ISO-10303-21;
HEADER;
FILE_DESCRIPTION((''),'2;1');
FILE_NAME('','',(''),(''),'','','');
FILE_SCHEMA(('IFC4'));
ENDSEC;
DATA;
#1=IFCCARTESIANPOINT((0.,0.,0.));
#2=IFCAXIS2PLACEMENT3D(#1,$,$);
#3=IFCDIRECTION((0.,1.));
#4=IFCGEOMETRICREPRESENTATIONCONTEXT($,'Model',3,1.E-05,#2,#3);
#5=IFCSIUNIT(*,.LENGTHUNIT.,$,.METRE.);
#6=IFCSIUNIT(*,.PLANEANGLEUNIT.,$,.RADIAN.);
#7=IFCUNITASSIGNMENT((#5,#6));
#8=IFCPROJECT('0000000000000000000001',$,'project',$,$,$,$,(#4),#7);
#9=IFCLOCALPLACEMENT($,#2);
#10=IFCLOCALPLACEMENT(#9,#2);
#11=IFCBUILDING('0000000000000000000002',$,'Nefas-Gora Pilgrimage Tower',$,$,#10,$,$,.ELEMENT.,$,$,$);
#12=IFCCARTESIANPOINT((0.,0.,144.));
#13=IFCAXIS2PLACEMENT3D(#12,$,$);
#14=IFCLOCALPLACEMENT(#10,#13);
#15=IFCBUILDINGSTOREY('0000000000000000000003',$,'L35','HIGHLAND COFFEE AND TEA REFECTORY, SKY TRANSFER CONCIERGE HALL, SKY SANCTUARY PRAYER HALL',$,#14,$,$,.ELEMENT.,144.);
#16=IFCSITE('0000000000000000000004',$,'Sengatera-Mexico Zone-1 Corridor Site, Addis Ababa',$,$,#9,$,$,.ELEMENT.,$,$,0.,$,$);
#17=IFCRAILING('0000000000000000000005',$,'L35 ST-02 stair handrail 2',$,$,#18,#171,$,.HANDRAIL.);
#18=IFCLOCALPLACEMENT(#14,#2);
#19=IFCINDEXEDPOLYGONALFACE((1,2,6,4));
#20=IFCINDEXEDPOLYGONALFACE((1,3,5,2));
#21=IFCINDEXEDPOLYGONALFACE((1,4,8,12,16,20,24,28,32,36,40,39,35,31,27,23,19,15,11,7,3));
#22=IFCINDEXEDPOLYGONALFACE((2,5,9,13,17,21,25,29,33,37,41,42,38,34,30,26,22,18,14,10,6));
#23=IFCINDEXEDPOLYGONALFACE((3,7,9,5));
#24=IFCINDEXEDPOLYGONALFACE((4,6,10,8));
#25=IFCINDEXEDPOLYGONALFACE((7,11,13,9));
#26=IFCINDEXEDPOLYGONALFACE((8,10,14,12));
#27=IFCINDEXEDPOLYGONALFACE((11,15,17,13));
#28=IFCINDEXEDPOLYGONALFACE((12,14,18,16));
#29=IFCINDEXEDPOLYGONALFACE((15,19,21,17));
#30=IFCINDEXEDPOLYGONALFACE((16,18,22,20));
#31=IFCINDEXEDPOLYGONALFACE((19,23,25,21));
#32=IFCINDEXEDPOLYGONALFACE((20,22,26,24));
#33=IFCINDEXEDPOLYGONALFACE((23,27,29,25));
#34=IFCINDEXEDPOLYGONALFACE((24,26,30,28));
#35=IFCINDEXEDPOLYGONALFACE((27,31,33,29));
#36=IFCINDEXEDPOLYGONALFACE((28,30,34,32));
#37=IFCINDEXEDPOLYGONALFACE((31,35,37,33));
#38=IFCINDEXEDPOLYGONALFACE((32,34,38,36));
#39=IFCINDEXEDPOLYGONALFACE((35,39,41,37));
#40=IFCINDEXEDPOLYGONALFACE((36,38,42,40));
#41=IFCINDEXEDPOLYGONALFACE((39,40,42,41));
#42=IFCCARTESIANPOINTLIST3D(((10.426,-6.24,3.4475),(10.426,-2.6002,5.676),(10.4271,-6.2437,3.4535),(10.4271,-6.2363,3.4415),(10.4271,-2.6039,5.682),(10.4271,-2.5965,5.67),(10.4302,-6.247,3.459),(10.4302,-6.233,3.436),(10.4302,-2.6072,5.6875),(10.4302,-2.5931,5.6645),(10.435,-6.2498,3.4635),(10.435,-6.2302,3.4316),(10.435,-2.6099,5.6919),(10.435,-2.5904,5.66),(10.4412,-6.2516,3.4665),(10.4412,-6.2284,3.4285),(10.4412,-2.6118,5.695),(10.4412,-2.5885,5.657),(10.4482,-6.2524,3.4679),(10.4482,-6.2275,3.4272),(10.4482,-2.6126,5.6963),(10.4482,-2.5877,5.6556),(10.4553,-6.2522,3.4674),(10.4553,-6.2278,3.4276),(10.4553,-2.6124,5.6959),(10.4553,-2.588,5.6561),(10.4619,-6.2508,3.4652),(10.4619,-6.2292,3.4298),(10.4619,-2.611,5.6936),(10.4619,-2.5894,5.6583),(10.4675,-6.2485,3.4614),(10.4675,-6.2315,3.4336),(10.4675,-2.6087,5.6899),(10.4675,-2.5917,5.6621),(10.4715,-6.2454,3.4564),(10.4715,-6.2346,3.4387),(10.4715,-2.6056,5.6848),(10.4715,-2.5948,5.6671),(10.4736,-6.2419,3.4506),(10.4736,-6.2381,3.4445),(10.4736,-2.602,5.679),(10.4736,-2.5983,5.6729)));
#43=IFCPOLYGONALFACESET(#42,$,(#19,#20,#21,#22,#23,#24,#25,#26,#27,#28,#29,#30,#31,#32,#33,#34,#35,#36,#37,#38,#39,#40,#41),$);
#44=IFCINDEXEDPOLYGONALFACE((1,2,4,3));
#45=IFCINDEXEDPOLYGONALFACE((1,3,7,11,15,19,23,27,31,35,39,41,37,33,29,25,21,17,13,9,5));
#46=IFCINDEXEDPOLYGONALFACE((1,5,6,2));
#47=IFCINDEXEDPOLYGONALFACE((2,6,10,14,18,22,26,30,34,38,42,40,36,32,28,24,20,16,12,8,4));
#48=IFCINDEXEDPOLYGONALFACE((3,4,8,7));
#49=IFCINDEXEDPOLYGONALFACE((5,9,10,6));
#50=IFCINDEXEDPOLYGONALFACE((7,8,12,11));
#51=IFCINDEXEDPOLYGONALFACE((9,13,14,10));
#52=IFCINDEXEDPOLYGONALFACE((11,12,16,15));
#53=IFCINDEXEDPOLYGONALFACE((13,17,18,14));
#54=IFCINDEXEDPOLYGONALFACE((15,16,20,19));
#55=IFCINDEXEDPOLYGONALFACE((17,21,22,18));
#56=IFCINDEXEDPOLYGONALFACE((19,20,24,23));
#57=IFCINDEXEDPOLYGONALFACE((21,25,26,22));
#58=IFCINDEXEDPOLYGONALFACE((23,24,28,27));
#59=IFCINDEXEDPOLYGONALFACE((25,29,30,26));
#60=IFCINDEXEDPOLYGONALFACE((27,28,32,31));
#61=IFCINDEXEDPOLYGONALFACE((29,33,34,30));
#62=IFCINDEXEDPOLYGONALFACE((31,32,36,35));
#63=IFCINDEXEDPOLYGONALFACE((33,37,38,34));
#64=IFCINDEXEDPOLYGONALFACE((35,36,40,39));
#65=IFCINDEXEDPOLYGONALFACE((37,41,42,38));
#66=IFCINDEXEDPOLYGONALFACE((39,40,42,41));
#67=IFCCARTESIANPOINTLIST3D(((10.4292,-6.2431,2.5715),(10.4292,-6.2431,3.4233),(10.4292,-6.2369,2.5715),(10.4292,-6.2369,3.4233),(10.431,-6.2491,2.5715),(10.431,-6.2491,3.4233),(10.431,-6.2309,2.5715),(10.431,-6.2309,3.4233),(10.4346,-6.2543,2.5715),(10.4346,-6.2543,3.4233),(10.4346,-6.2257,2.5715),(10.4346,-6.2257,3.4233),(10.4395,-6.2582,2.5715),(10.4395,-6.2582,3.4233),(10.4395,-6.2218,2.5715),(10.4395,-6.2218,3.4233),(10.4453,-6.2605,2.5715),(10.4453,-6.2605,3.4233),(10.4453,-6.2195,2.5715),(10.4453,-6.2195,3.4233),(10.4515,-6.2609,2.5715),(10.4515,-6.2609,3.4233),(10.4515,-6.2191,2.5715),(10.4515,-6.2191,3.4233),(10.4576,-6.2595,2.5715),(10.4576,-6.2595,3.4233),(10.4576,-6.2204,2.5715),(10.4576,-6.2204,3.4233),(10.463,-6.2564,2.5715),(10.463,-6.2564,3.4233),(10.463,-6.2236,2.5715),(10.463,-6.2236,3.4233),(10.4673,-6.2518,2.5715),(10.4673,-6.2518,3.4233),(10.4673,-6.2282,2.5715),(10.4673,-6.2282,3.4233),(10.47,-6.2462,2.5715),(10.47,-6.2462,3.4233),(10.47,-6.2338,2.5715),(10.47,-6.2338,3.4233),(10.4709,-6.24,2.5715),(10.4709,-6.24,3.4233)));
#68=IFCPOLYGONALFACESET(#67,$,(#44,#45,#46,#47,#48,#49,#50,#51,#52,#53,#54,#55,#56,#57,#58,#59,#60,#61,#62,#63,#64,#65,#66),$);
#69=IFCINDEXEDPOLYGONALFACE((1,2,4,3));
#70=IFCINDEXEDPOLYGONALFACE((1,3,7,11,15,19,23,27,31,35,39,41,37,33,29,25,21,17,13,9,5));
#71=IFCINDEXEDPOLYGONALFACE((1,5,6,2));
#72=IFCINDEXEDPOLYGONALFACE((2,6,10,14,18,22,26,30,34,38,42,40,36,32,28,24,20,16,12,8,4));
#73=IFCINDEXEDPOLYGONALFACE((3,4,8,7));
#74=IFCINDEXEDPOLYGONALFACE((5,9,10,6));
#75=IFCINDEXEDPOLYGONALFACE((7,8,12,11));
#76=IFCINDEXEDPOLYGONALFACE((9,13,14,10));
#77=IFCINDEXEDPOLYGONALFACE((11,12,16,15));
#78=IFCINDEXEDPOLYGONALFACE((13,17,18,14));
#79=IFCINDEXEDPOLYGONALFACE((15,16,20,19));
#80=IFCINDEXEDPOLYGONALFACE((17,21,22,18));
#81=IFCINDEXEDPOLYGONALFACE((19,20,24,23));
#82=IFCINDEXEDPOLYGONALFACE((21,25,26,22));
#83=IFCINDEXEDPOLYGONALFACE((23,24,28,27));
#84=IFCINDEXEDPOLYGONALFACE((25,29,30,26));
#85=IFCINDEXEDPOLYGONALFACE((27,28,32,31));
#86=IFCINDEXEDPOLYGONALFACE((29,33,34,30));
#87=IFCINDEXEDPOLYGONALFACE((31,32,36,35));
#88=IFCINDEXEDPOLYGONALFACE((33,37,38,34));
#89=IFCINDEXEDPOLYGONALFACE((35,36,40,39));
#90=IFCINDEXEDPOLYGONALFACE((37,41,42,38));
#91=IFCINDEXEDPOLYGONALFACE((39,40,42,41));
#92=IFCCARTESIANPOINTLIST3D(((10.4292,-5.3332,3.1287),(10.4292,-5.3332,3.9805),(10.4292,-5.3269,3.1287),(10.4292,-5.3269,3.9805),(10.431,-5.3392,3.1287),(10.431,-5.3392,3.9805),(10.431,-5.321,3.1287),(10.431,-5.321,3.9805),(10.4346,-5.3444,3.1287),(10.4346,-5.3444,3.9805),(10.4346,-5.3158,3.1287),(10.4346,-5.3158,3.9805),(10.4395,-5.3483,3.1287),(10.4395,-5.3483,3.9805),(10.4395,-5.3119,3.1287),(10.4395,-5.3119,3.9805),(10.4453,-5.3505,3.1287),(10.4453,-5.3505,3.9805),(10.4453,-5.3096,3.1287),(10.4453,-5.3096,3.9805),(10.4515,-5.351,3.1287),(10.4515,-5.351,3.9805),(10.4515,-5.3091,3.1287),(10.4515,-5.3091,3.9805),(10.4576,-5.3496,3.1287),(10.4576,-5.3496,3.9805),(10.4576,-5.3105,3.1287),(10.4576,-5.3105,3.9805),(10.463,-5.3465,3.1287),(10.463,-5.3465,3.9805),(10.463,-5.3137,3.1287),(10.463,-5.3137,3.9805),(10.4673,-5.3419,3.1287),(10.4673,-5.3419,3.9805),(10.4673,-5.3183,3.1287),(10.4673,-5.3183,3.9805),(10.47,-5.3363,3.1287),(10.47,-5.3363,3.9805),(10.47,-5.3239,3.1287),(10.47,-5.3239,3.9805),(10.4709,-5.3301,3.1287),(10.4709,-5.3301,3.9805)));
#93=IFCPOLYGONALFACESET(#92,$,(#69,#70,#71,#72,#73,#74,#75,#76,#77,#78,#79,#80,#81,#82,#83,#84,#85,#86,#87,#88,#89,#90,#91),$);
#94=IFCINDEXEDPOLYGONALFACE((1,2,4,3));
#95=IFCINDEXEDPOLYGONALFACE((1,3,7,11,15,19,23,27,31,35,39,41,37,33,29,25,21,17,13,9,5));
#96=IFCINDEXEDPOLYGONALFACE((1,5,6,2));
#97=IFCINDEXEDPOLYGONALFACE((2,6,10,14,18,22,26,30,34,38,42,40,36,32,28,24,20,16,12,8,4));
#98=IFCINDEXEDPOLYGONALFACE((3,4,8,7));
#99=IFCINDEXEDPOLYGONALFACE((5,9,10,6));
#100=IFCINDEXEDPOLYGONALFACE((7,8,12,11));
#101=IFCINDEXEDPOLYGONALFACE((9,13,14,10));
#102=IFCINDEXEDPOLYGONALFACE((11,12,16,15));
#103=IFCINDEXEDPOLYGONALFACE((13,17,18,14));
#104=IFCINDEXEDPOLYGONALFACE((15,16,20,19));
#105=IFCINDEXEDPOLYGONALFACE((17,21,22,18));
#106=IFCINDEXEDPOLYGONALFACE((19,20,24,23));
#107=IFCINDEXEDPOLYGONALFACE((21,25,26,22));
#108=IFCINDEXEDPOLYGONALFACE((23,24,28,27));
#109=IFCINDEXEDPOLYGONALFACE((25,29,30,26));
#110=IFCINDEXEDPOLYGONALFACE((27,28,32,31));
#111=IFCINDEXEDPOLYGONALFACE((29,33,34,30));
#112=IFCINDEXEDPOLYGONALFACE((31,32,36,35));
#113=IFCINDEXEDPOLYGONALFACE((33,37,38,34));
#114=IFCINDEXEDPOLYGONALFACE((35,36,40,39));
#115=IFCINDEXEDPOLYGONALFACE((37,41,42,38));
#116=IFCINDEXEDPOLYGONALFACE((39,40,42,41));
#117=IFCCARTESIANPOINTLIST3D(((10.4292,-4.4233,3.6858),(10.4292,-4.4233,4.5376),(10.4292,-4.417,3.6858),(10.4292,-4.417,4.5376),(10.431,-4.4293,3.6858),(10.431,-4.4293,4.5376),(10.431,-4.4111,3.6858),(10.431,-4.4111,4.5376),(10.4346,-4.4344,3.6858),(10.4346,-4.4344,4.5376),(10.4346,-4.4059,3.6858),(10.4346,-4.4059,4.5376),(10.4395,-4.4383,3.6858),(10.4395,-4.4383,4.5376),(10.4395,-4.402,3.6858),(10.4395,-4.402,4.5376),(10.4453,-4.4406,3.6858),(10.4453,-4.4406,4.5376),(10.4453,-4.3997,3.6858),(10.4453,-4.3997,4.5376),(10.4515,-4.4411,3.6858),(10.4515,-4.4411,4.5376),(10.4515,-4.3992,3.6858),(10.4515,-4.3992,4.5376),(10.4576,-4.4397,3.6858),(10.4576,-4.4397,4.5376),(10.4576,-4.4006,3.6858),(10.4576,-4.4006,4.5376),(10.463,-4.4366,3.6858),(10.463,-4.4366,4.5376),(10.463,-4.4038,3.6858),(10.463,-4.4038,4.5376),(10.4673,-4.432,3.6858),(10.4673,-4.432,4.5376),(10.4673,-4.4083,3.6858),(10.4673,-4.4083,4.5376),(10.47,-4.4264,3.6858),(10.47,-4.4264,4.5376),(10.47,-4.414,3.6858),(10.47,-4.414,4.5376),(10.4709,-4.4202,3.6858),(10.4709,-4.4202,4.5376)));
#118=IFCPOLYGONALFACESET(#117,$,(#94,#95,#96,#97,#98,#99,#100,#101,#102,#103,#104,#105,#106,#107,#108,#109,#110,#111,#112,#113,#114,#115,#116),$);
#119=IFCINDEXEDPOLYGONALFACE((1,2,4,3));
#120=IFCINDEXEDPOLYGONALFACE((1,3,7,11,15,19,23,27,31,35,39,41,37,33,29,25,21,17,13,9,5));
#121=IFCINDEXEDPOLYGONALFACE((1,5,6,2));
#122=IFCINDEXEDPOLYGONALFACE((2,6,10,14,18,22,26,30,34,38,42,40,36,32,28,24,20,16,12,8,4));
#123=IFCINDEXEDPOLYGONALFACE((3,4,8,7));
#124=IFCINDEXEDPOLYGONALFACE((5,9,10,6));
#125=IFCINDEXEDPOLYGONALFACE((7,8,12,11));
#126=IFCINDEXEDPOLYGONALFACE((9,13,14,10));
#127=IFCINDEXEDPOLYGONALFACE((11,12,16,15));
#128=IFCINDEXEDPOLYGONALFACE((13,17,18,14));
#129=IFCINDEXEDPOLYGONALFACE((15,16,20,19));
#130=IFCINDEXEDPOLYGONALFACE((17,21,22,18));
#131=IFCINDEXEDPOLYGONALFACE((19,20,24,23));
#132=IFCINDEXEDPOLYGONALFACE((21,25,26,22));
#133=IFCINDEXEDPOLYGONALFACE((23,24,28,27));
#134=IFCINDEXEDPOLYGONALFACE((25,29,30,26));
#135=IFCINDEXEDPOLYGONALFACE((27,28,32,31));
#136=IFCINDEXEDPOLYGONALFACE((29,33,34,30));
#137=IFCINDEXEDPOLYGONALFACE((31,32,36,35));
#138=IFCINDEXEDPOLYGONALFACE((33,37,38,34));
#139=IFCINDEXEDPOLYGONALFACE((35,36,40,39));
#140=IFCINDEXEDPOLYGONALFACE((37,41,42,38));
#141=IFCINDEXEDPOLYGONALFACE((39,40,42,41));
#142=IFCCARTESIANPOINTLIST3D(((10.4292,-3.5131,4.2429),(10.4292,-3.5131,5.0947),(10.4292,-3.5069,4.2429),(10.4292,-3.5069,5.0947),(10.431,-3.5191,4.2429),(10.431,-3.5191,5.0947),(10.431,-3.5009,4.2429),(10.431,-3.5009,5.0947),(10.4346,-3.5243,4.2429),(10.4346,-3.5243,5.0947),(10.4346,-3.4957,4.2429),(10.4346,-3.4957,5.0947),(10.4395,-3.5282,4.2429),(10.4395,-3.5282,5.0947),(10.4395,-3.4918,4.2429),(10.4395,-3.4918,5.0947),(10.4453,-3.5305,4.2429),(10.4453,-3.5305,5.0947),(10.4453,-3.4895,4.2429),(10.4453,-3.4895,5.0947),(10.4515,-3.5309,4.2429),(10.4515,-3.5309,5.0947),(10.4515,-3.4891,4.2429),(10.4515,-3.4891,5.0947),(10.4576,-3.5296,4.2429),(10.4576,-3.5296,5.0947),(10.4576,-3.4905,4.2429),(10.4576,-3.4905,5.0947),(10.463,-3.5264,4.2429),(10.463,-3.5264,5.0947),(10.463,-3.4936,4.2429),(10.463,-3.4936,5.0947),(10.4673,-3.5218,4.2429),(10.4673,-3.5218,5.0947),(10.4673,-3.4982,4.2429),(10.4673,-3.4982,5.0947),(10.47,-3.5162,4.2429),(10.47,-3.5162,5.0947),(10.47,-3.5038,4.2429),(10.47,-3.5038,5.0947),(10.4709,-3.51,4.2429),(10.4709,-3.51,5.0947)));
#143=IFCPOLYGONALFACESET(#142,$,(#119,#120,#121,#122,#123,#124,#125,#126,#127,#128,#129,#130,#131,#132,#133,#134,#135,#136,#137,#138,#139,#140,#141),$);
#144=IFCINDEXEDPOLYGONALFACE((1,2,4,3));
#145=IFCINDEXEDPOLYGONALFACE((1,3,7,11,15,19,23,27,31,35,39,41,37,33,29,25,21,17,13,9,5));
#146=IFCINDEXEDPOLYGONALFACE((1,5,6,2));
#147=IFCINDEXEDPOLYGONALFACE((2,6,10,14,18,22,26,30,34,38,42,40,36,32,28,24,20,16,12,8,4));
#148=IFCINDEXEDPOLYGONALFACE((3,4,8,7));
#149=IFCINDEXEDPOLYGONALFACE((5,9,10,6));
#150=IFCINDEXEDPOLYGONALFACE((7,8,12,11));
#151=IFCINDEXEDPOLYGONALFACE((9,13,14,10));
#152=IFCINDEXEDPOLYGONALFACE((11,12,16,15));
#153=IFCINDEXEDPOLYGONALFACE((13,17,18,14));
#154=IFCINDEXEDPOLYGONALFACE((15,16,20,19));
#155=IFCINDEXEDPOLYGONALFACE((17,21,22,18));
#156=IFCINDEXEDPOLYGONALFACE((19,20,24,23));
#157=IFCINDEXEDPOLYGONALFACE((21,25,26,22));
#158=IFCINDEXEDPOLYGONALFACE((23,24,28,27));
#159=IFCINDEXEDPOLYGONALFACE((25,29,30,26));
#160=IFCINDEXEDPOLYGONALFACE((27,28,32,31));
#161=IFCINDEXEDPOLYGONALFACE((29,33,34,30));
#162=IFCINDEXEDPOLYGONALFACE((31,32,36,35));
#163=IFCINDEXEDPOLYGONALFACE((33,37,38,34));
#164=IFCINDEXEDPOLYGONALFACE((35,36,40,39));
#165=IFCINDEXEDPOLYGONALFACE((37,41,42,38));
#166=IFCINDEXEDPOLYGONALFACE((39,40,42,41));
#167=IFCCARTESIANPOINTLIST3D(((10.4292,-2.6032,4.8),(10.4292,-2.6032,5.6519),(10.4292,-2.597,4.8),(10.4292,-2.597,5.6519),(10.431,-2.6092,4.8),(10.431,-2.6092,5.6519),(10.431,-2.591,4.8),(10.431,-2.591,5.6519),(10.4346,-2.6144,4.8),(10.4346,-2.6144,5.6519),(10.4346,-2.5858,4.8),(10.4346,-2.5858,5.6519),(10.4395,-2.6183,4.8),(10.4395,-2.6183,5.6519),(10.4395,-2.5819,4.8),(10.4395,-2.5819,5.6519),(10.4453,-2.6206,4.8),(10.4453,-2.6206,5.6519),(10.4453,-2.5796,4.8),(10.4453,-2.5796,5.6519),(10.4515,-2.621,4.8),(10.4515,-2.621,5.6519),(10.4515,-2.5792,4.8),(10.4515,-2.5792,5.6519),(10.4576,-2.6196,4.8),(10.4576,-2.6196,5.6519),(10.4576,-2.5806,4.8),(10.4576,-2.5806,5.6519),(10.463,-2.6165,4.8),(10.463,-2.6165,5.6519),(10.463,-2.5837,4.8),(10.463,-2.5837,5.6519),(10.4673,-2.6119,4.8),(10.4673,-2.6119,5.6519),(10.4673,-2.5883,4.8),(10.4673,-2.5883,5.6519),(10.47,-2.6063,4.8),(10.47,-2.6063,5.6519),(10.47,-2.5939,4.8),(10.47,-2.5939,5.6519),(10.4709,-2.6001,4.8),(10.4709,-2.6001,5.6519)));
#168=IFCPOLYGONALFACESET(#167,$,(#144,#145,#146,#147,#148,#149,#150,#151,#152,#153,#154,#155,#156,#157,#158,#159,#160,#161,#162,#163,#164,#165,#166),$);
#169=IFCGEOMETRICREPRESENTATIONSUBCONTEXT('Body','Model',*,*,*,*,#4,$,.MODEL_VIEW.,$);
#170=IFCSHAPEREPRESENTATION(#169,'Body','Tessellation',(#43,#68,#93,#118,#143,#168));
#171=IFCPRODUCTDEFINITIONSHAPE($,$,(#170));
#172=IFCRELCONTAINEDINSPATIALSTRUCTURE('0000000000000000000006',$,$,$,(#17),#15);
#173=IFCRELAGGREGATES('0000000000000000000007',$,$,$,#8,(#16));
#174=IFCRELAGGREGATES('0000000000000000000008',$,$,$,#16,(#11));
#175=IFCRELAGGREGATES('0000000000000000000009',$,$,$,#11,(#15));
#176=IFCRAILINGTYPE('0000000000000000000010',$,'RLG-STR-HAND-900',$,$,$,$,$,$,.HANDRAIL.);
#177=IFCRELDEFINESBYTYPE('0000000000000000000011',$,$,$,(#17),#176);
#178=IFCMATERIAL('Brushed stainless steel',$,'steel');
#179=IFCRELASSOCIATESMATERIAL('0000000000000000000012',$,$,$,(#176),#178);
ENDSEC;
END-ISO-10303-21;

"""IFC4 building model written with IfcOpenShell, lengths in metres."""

from ifc_helpers import new_model, si_unit, direction, frame, origin, origin_2d, place, context, subcontext, project, spatial, circle, extrude, material, type_object, element, save


model = new_model("IFC4")

# Units and contexts
model_context = context("Model", 3, precision=1e-05, world=origin(), true_north=direction((0.0, 1.0)))
body_context = subcontext(model_context, "Body", "Model", "MODEL_VIEW")
ifc_project = project(units=[si_unit("LENGTHUNIT", "METRE"), si_unit("PLANEANGLEUNIT", "RADIAN")], contexts=[model_context])

# Site, building, storey
site_placement = place(None, origin())
site = spatial("IfcSite", under=ifc_project, at=site_placement, Name="Sengatera-Mexico Zone-1 Corridor Site, Addis Ababa", CompositionType="ELEMENT", RefElevation=0.0)
building_placement = place(site_placement, origin())
building = spatial("IfcBuilding", under=site, at=building_placement, Name="Nefas-Gora Pilgrimage Tower", CompositionType="ELEMENT")
storey_placement = place(building_placement, frame((0.0, 0.0, 144.0)))
storey = spatial("IfcBuildingStorey", under=building, at=storey_placement, Name="L35", Description="HIGHLAND COFFEE AND TEA REFECTORY, SKY TRANSFER CONCIERGE HALL, SKY SANCTUARY PRAYER HALL", CompositionType="ELEMENT", Elevation=144.0)

# Railing
ifc_material_1 = material(Name="Brushed stainless steel", Category="steel")
railing_type_1 = type_object("IfcRailingType", Name="RLG-STR-HAND-900", PredefinedType="HANDRAIL", material=ifc_material_1)
railing_1_placement = place(storey_placement, frame((10.45, -6.24, 2.5715)))
element("IfcRailing", 1, at=railing_1_placement, inside=storey, type_object=railing_type_1, Name="L35 ST-02 stair handrail 2", PredefinedType="HANDRAIL", context=body_context, shape_type="SweptSolid", body=[
    extrude(circle(Radius=0.0239, at=origin_2d()), frame((0.0, 0.0, 0.876), z_axis=(0.0, 0.85285, 0.522156), x_axis=(-1.0, 0.0, 0.0)), (0.0, 0.0, 1.0), 4.2678),
    extrude(circle(Radius=0.021, at=origin_2d()), origin(), (0.0, 0.0, 1.0), 0.8518),
    extrude(circle(Radius=0.021, at=origin_2d()), frame((0.0, 0.9099, 0.5571)), (0.0, 0.0, 1.0), 0.8518),
    extrude(circle(Radius=0.021, at=origin_2d()), frame((0.0, 1.8198, 1.1143)), (0.0, 0.0, 1.0), 0.8518),
    extrude(circle(Radius=0.021, at=origin_2d()), frame((0.0, 2.73, 1.6714)), (0.0, 0.0, 1.0), 0.8518),
    extrude(circle(Radius=0.021, at=origin_2d()), frame((0.0, 3.6399, 2.2285)), (0.0, 0.0, 1.0), 0.8518),
])

save(model, "model.ifc")
